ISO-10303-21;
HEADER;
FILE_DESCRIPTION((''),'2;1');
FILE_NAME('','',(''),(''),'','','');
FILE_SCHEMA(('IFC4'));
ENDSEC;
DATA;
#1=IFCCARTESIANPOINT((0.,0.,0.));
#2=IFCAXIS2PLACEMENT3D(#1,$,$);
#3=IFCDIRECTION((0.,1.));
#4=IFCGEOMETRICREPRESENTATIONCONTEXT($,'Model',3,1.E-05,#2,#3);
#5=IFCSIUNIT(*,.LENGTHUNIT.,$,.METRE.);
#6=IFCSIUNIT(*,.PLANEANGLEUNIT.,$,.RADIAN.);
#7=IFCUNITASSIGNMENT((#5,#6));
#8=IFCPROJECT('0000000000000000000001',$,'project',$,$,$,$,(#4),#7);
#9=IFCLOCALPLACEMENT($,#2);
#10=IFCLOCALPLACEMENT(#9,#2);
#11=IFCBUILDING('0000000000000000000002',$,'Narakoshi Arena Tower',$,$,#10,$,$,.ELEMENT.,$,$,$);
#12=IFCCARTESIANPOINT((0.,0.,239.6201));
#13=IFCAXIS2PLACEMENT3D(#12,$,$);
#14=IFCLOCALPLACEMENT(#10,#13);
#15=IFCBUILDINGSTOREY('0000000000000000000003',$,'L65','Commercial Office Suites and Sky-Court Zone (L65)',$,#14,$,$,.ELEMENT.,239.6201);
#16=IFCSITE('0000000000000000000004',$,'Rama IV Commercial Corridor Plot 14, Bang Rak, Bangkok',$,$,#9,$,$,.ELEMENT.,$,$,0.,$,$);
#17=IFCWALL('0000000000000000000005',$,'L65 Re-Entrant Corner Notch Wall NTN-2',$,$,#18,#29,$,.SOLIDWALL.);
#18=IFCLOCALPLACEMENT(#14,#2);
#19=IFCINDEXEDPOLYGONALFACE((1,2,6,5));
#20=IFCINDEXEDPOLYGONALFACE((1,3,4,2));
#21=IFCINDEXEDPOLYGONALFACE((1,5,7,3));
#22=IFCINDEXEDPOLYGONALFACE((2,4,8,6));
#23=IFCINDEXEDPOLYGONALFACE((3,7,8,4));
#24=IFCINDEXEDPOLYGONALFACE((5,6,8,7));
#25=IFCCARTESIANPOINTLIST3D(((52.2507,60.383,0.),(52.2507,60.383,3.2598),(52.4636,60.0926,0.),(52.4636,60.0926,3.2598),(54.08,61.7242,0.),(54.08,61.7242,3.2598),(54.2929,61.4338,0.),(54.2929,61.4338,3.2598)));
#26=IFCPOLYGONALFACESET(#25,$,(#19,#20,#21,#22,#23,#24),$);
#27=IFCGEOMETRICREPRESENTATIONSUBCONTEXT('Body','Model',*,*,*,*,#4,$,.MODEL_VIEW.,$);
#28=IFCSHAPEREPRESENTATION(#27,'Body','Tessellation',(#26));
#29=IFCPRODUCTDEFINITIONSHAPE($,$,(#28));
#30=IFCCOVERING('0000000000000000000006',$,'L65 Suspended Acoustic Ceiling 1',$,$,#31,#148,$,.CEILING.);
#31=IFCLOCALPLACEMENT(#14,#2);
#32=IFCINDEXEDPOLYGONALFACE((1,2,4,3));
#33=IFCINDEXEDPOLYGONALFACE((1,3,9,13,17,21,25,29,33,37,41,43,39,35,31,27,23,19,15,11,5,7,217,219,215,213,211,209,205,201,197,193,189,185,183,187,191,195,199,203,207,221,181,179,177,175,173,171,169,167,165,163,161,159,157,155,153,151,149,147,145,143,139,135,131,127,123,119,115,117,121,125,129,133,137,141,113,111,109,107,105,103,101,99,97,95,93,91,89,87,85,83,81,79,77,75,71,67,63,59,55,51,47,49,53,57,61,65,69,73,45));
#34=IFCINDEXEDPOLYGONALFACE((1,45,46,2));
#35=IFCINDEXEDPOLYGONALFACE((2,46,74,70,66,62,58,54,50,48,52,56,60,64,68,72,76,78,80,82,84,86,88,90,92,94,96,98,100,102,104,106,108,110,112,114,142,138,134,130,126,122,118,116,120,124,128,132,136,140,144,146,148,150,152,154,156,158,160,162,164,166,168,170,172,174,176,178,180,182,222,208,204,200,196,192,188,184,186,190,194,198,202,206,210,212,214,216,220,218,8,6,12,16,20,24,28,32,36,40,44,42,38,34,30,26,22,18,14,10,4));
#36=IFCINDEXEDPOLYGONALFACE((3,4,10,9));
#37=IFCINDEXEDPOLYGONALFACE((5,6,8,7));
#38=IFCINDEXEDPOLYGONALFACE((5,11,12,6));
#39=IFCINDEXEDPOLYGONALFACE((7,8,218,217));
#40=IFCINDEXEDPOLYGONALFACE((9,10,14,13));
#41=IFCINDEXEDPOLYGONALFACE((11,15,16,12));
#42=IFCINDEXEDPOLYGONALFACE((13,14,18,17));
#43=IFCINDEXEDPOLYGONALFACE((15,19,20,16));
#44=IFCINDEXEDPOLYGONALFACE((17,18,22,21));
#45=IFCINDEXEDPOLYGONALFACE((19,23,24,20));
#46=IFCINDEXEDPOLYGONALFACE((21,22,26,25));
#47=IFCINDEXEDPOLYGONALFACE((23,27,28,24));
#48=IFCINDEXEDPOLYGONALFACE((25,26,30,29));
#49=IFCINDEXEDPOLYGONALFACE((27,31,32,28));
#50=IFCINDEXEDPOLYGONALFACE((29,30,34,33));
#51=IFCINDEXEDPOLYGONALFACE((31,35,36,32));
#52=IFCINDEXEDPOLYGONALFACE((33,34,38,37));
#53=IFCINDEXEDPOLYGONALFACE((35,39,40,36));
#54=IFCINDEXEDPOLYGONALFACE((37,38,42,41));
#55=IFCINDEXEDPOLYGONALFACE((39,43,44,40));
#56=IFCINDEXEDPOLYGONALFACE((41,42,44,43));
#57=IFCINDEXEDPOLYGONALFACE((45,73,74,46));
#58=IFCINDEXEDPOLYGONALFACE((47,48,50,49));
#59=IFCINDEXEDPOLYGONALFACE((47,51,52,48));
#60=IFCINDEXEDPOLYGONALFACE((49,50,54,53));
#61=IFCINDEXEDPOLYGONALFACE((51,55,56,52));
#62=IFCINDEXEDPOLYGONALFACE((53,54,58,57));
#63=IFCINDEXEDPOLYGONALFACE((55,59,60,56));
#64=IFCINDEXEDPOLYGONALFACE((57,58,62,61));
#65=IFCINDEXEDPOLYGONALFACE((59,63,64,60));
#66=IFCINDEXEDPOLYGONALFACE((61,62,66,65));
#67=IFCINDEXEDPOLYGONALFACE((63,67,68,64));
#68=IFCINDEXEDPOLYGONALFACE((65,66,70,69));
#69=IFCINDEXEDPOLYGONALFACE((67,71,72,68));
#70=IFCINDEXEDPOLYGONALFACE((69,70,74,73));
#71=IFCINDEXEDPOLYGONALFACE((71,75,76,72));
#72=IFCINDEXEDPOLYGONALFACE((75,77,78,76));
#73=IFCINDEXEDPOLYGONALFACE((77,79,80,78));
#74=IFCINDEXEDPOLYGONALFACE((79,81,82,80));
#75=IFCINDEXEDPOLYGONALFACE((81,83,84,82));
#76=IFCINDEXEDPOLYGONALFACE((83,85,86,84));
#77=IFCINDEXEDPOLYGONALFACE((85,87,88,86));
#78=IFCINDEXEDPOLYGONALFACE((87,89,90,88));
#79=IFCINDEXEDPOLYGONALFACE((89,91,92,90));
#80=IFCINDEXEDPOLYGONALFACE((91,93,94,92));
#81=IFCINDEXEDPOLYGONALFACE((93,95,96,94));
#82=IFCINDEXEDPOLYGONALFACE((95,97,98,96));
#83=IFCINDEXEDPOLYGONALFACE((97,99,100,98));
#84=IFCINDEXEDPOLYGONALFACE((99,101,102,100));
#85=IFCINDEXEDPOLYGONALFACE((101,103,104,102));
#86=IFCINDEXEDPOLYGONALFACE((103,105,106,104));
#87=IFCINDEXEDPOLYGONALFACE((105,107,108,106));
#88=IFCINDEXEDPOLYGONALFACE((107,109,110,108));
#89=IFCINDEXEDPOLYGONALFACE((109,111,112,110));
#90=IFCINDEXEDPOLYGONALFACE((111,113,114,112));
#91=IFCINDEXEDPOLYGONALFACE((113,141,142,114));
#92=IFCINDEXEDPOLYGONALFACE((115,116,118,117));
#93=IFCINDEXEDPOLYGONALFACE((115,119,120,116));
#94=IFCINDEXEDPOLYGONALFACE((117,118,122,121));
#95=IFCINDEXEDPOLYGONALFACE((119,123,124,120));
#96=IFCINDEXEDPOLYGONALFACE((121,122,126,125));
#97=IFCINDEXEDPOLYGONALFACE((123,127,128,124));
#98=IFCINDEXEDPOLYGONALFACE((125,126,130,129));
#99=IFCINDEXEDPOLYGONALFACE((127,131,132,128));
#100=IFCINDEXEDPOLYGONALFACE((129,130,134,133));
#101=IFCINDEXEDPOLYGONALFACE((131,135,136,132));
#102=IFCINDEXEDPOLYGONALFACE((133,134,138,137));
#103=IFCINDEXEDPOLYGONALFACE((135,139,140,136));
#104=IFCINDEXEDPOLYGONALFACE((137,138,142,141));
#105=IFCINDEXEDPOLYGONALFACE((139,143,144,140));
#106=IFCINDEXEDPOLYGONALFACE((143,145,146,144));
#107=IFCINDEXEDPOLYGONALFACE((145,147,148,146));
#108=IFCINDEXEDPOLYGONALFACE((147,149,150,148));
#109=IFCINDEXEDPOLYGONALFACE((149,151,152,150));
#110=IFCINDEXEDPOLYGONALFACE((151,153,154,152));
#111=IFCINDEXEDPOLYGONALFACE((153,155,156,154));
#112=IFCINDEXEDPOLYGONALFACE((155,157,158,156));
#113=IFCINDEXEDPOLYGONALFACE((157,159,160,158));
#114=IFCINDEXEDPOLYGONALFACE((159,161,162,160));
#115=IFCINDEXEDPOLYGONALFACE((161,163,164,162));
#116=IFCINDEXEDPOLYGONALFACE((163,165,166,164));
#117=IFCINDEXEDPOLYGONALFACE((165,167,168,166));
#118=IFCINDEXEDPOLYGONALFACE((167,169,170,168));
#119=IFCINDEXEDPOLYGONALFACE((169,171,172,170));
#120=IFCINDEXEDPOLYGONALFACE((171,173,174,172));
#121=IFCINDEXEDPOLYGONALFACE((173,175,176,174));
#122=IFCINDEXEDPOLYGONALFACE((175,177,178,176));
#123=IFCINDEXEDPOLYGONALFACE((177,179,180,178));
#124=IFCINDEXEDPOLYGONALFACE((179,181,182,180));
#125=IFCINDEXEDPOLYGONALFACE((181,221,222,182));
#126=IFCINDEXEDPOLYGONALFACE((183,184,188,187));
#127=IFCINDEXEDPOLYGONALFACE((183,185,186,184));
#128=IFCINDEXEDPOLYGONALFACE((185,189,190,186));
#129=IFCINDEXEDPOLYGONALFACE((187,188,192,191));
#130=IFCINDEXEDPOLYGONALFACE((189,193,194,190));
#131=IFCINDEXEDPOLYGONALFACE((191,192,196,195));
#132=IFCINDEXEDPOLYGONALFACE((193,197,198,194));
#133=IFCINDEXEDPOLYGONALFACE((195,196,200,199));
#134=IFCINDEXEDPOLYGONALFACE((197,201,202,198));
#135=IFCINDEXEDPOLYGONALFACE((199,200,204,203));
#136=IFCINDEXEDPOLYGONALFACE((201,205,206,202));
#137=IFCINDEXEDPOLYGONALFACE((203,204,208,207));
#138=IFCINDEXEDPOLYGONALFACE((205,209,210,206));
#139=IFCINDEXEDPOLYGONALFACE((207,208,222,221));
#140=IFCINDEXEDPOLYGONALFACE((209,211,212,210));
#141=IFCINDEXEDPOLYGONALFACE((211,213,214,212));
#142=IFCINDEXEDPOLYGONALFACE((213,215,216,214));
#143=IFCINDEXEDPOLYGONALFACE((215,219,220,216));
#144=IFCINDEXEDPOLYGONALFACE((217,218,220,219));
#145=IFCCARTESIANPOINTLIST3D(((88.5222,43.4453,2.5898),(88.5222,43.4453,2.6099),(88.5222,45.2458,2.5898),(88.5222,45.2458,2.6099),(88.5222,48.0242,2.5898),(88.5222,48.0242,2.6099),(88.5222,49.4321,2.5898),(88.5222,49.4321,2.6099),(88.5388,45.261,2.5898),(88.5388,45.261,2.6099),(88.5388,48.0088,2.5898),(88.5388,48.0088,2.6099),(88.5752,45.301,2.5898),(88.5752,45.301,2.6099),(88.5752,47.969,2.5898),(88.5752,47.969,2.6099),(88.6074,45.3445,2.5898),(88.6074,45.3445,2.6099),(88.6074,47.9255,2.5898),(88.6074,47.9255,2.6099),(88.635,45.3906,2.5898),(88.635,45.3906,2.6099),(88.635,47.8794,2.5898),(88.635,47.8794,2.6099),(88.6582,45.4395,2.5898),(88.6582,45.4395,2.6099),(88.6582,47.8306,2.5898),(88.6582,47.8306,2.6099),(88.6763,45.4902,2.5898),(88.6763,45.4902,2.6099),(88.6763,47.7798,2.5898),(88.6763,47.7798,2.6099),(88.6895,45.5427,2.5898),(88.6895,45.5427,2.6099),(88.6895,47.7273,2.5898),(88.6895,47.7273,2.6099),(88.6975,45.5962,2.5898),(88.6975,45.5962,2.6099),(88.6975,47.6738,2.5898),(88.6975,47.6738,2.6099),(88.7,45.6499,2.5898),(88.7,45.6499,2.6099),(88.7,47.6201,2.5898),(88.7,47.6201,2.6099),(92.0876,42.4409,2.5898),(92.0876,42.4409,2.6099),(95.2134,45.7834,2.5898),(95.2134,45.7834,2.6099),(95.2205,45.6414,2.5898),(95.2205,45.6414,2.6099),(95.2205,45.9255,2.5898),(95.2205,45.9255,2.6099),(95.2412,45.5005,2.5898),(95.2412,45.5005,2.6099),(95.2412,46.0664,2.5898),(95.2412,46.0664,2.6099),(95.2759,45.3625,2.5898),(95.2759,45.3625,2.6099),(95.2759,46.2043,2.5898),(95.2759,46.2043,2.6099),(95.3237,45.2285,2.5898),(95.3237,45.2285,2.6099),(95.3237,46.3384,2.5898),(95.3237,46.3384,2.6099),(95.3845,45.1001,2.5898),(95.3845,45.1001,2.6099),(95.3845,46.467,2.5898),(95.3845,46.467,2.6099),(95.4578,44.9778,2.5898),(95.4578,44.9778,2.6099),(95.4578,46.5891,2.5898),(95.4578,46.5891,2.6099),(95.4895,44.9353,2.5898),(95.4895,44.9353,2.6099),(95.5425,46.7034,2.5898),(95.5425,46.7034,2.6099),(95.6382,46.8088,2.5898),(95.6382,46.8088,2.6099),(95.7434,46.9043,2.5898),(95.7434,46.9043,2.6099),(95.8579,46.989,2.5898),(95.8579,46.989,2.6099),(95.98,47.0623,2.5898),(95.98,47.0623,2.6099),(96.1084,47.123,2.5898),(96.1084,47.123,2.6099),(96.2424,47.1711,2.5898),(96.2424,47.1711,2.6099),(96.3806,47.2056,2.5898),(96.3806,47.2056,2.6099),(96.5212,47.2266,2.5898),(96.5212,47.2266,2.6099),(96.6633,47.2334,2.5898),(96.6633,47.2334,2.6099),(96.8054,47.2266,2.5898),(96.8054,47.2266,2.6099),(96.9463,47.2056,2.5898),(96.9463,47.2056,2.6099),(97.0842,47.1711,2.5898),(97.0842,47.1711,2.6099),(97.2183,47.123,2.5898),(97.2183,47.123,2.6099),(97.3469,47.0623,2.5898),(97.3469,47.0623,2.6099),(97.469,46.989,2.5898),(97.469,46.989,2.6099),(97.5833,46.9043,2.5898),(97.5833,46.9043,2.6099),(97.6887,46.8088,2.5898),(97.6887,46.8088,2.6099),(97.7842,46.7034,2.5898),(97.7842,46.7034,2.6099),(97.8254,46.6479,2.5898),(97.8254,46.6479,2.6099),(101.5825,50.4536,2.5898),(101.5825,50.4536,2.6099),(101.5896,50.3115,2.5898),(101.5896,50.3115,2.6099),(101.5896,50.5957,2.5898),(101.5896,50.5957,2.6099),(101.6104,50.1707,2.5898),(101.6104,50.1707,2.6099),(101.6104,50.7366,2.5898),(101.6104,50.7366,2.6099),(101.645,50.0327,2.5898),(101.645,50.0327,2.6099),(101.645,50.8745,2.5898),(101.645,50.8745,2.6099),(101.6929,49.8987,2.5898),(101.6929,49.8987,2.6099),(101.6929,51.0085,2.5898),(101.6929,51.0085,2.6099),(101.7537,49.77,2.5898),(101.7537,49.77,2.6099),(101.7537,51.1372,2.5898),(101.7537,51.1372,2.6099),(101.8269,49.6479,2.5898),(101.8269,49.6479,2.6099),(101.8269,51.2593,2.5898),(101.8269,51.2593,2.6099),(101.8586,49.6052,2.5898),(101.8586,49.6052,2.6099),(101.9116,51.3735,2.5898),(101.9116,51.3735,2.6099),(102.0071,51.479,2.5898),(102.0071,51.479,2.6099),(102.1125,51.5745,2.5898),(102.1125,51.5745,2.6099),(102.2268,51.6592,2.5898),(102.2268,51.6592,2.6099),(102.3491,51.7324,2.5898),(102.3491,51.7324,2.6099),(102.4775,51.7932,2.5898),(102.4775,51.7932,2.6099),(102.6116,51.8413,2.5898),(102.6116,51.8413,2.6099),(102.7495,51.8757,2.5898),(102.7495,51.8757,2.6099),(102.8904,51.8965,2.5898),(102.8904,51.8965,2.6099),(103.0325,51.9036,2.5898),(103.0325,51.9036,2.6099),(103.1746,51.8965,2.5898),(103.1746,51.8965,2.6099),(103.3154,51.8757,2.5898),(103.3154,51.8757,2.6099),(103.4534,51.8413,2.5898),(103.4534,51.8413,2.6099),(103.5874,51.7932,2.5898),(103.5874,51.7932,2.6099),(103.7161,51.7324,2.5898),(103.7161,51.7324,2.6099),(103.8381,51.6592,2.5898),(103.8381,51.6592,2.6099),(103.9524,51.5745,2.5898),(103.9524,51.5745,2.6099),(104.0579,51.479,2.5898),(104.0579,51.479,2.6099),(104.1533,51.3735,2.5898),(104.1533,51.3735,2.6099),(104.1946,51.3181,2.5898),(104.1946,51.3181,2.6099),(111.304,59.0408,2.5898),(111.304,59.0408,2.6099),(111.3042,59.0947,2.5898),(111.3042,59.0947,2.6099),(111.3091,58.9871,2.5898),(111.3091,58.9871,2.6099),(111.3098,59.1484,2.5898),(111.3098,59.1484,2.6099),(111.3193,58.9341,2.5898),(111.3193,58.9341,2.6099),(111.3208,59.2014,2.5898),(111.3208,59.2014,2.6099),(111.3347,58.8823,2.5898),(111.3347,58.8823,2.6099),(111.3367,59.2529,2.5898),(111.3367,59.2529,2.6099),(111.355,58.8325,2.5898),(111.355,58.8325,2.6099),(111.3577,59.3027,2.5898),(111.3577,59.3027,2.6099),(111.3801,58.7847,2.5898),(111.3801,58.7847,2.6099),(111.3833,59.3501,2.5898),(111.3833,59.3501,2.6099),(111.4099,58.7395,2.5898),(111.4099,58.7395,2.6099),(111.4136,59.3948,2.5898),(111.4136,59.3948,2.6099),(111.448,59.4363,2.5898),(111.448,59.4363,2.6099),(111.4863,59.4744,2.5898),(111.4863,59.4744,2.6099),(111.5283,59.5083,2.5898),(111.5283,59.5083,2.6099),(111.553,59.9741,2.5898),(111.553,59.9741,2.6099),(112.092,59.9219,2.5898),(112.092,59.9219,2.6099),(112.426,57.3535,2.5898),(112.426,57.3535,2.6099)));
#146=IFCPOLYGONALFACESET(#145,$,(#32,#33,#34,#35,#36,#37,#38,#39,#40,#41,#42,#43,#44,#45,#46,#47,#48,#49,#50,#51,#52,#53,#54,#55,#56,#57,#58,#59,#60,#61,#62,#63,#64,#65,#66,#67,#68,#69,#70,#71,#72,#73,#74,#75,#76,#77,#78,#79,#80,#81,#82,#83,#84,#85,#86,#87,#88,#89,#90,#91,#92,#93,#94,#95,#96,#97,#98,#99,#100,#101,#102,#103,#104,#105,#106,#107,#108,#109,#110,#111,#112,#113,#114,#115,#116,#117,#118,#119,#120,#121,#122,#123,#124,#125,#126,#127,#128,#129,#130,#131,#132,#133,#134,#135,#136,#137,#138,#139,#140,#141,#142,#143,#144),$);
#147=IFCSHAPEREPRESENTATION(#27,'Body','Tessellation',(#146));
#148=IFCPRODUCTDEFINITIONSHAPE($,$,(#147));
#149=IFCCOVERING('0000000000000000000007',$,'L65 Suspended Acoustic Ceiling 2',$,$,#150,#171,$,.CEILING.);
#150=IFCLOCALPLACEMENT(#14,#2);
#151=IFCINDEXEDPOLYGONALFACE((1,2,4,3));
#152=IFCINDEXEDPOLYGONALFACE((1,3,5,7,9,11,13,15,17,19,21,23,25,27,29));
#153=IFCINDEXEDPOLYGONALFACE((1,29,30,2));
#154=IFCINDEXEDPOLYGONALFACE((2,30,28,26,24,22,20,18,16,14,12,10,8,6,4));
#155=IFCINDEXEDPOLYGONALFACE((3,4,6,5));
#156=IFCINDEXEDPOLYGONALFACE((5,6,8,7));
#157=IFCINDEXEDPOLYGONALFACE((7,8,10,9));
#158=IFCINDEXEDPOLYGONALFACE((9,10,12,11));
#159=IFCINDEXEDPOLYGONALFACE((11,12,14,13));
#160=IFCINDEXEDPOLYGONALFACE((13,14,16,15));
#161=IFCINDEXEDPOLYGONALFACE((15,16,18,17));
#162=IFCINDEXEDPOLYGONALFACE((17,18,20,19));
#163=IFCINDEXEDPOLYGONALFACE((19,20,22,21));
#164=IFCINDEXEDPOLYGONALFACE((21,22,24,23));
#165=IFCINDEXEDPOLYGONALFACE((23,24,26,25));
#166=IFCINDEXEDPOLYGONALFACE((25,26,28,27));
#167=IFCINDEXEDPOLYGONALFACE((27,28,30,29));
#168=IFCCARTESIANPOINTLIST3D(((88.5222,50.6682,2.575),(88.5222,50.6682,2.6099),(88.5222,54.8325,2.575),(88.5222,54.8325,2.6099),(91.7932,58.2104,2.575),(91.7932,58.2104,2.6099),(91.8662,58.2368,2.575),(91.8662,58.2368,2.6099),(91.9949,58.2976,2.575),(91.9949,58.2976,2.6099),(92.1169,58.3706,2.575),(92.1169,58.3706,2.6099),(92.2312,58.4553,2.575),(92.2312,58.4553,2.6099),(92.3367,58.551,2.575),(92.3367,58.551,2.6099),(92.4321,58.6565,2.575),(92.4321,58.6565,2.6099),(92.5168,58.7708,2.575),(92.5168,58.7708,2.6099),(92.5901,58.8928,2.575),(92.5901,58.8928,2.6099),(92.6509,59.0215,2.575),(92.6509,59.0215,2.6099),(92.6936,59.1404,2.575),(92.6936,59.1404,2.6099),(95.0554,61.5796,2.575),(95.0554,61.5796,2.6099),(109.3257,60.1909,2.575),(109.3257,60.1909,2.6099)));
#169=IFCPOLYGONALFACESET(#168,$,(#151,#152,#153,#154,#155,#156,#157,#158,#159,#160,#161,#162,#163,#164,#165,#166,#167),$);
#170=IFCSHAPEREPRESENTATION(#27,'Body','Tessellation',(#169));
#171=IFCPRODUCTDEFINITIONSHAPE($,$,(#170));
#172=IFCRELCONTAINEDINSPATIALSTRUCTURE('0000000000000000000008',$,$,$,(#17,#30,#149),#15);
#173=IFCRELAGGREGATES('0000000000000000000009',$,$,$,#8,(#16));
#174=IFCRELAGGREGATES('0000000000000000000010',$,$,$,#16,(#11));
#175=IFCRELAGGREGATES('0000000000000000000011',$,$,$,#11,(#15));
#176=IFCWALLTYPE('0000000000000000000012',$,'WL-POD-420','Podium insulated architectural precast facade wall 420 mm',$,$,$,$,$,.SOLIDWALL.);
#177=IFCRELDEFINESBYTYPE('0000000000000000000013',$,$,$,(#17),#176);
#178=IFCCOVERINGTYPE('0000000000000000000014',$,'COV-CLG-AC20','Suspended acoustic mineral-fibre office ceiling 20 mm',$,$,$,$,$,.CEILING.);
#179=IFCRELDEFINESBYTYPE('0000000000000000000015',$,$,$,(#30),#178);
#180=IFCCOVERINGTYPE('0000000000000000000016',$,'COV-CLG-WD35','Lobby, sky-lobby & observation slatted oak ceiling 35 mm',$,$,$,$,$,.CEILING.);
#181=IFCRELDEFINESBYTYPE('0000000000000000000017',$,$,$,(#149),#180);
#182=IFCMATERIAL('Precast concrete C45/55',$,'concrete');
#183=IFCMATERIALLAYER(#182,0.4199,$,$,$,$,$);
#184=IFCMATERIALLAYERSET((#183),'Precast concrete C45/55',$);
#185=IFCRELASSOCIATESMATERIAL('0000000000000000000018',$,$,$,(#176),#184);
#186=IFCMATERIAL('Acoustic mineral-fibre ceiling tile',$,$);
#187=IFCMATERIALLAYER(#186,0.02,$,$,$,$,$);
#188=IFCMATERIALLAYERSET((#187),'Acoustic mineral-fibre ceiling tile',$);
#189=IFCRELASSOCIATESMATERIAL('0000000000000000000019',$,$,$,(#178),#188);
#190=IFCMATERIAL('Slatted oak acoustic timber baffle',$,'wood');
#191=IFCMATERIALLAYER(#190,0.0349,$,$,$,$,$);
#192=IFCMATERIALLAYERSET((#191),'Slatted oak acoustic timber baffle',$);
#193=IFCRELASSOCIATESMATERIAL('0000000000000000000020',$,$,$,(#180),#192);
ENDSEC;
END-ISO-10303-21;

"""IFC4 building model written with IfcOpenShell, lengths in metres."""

from ifc_helpers import new_model, si_unit, direction, frame, frame_2d, origin, place, context, subcontext, project, spatial, polyline, rectangle, outline, extrude, material, layer, layer_set, type_object, element, save


model = new_model("IFC4")

# Units and contexts
model_context = context("Model", 3, precision=1e-05, world=origin(), true_north=direction((0.0, 1.0)))
body_context = subcontext(model_context, "Body", "Model", "MODEL_VIEW")
ifc_project = project(units=[si_unit("LENGTHUNIT", "METRE"), si_unit("PLANEANGLEUNIT", "RADIAN")], contexts=[model_context])

# Site, building, storey
site_placement = place(None, origin())
site = spatial("IfcSite", under=ifc_project, at=site_placement, Name="Rama IV Commercial Corridor Plot 14, Bang Rak, Bangkok", CompositionType="ELEMENT", RefElevation=0.0)
building_placement = place(site_placement, origin())
building = spatial("IfcBuilding", under=site, at=building_placement, Name="Narakoshi Arena Tower", CompositionType="ELEMENT")
storey_placement = place(building_placement, frame((0.0, 0.0, 239.6201)))
storey = spatial("IfcBuildingStorey", under=building, at=storey_placement, Name="L65", Description="Commercial Office Suites and Sky-Court Zone (L65)", CompositionType="ELEMENT", Elevation=239.6201)

# Shared definitions
ifc_material_1 = material(Name="Precast concrete C45/55", Category="concrete")
ifc_layer_1 = layer(ifc_material_1, 0.4199)
ifc_layer_set_1 = layer_set([ifc_layer_1], Name="Precast concrete C45/55")
wall_type_1 = type_object("IfcWallType", Name="WL-POD-420", Description="Podium insulated architectural precast facade wall 420 mm", PredefinedType="SOLIDWALL", material=ifc_layer_set_1)

# Wall
wall_1_placement = place(storey_placement, frame((54.1865, 61.5791, 0.0), z_axis=(0.0, 0.0, 1.0), x_axis=(-0.806449, -0.591303, 0.0)))
element("IfcWall", 1, at=wall_1_placement, inside=storey, type_object=wall_type_1, Name="L65 Re-Entrant Corner Notch Wall NTN-2", PredefinedType="SOLIDWALL", context=body_context, shape_type="SweptSolid", body=[
    extrude(rectangle(XDim=2.2683, YDim=0.3601, at=frame_2d((1.1343, 0.0))), origin(), (0.0, 0.0, 1.0), 3.2598),
])

# Coverings
ifc_material_2 = material(Name="Acoustic mineral-fibre ceiling tile")
ifc_layer_2 = layer(ifc_material_2, 0.02)
ifc_layer_set_2 = layer_set([ifc_layer_2], Name="Acoustic mineral-fibre ceiling tile")
covering_type_1 = type_object("IfcCoveringType", Name="COV-CLG-AC20", Description="Suspended acoustic mineral-fibre office ceiling 20 mm", PredefinedType="CEILING", material=ifc_layer_set_2)
covering_1_placement = place(storey_placement, frame((0.0, 0.0, 2.5898)))
element("IfcCovering", 2, at=covering_1_placement, inside=storey, type_object=covering_type_1, Name="L65 Suspended Acoustic Ceiling 1", PredefinedType="CEILING", context=body_context, shape_type="SweptSolid", body=[
    extrude(outline(polyline([(88.5388, 45.261), (88.5752, 45.301), (88.6074, 45.3445), (88.635, 45.3906), (88.6582, 45.4395), (88.6763, 45.4902), (88.6895, 45.5427), (88.6975, 45.5962), (88.7, 45.6499), (88.7, 47.6201), (88.6975, 47.6738), (88.6895, 47.7273), (88.6763, 47.7798), (88.6582, 47.8306), (88.635, 47.8794), (88.6074, 47.9255), (88.5752, 47.969), (88.5388, 48.0088), (88.5222, 48.0242), (88.5222, 49.4321), (111.553, 59.9741), (112.092, 59.9219), (111.5283, 59.5083), (111.4863, 59.4744), (111.448, 59.4363), (111.4136, 59.3948), (111.3833, 59.3501), (111.3577, 59.3027), (111.3367, 59.2529), (111.3208, 59.2014), (111.3098, 59.1484), (111.3042, 59.0947), (111.304, 59.0408), (111.3091, 58.9871), (111.3193, 58.9341), (111.3347, 58.8823), (111.355, 58.8325), (111.3801, 58.7847), (111.4099, 58.7395), (112.426, 57.3535), (104.1946, 51.3181), (104.1533, 51.3735), (104.0579, 51.479), (103.9524, 51.5745), (103.8381, 51.6592), (103.7161, 51.7324), (103.5874, 51.7932), (103.4534, 51.8413), (103.3154, 51.8757), (103.1746, 51.8965), (103.0325, 51.9036), (102.8904, 51.8965), (102.7495, 51.8757), (102.6116, 51.8413), (102.4775, 51.7932), (102.3491, 51.7324), (102.2268, 51.6592), (102.1125, 51.5745), (102.0071, 51.479), (101.9116, 51.3735), (101.8269, 51.2593), (101.7537, 51.1372), (101.6929, 51.0085), (101.645, 50.8745), (101.6104, 50.7366), (101.5896, 50.5957), (101.5825, 50.4536), (101.5896, 50.3115), (101.6104, 50.1707), (101.645, 50.0327), (101.6929, 49.8987), (101.7537, 49.77), (101.8269, 49.6479), (101.8586, 49.6052), (97.8254, 46.6479), (97.7842, 46.7034), (97.6887, 46.8088), (97.5833, 46.9043), (97.469, 46.989), (97.3469, 47.0623), (97.2183, 47.123), (97.0842, 47.1711), (96.9463, 47.2056), (96.8054, 47.2266), (96.6633, 47.2334), (96.5212, 47.2266), (96.3806, 47.2056), (96.2424, 47.1711), (96.1084, 47.123), (95.98, 47.0623), (95.8579, 46.989), (95.7434, 46.9043), (95.6382, 46.8088), (95.5425, 46.7034), (95.4578, 46.5891), (95.3845, 46.467), (95.3237, 46.3384), (95.2759, 46.2043), (95.2412, 46.0664), (95.2205, 45.9255), (95.2134, 45.7834), (95.2205, 45.6414), (95.2412, 45.5005), (95.2759, 45.3625), (95.3237, 45.2285), (95.3845, 45.1001), (95.4578, 44.9778), (95.4895, 44.9353), (92.0876, 42.4409), (88.5222, 43.4453), (88.5222, 45.2458), (88.5388, 45.261)])), origin(), (0.0, 0.0, 1.0), 0.02),
])
ifc_material_3 = material(Name="Slatted oak acoustic timber baffle", Category="wood")
ifc_layer_3 = layer(ifc_material_3, 0.0349)
ifc_layer_set_3 = layer_set([ifc_layer_3], Name="Slatted oak acoustic timber baffle")
covering_type_2 = type_object("IfcCoveringType", Name="COV-CLG-WD35", Description="Lobby, sky-lobby & observation slatted oak ceiling 35 mm", PredefinedType="CEILING", material=ifc_layer_set_3)
covering_2_placement = place(storey_placement, frame((0.0, 0.0, 2.575)))
element("IfcCovering", 3, at=covering_2_placement, inside=storey, type_object=covering_type_2, Name="L65 Suspended Acoustic Ceiling 2", PredefinedType="CEILING", context=body_context, shape_type="SweptSolid", body=[
    extrude(outline(polyline([(88.5222, 50.6682), (88.5222, 54.8325), (91.7932, 58.2104), (91.8662, 58.2368), (91.9949, 58.2976), (92.1169, 58.3706), (92.2312, 58.4553), (92.3367, 58.551), (92.4321, 58.6565), (92.5168, 58.7708), (92.5901, 58.8928), (92.6509, 59.0215), (92.6936, 59.1404), (95.0554, 61.5796), (109.3257, 60.1909), (88.5222, 50.6682)])), origin(), (0.0, 0.0, 1.0), 0.0349),
])

save(model, "model.ifc")
